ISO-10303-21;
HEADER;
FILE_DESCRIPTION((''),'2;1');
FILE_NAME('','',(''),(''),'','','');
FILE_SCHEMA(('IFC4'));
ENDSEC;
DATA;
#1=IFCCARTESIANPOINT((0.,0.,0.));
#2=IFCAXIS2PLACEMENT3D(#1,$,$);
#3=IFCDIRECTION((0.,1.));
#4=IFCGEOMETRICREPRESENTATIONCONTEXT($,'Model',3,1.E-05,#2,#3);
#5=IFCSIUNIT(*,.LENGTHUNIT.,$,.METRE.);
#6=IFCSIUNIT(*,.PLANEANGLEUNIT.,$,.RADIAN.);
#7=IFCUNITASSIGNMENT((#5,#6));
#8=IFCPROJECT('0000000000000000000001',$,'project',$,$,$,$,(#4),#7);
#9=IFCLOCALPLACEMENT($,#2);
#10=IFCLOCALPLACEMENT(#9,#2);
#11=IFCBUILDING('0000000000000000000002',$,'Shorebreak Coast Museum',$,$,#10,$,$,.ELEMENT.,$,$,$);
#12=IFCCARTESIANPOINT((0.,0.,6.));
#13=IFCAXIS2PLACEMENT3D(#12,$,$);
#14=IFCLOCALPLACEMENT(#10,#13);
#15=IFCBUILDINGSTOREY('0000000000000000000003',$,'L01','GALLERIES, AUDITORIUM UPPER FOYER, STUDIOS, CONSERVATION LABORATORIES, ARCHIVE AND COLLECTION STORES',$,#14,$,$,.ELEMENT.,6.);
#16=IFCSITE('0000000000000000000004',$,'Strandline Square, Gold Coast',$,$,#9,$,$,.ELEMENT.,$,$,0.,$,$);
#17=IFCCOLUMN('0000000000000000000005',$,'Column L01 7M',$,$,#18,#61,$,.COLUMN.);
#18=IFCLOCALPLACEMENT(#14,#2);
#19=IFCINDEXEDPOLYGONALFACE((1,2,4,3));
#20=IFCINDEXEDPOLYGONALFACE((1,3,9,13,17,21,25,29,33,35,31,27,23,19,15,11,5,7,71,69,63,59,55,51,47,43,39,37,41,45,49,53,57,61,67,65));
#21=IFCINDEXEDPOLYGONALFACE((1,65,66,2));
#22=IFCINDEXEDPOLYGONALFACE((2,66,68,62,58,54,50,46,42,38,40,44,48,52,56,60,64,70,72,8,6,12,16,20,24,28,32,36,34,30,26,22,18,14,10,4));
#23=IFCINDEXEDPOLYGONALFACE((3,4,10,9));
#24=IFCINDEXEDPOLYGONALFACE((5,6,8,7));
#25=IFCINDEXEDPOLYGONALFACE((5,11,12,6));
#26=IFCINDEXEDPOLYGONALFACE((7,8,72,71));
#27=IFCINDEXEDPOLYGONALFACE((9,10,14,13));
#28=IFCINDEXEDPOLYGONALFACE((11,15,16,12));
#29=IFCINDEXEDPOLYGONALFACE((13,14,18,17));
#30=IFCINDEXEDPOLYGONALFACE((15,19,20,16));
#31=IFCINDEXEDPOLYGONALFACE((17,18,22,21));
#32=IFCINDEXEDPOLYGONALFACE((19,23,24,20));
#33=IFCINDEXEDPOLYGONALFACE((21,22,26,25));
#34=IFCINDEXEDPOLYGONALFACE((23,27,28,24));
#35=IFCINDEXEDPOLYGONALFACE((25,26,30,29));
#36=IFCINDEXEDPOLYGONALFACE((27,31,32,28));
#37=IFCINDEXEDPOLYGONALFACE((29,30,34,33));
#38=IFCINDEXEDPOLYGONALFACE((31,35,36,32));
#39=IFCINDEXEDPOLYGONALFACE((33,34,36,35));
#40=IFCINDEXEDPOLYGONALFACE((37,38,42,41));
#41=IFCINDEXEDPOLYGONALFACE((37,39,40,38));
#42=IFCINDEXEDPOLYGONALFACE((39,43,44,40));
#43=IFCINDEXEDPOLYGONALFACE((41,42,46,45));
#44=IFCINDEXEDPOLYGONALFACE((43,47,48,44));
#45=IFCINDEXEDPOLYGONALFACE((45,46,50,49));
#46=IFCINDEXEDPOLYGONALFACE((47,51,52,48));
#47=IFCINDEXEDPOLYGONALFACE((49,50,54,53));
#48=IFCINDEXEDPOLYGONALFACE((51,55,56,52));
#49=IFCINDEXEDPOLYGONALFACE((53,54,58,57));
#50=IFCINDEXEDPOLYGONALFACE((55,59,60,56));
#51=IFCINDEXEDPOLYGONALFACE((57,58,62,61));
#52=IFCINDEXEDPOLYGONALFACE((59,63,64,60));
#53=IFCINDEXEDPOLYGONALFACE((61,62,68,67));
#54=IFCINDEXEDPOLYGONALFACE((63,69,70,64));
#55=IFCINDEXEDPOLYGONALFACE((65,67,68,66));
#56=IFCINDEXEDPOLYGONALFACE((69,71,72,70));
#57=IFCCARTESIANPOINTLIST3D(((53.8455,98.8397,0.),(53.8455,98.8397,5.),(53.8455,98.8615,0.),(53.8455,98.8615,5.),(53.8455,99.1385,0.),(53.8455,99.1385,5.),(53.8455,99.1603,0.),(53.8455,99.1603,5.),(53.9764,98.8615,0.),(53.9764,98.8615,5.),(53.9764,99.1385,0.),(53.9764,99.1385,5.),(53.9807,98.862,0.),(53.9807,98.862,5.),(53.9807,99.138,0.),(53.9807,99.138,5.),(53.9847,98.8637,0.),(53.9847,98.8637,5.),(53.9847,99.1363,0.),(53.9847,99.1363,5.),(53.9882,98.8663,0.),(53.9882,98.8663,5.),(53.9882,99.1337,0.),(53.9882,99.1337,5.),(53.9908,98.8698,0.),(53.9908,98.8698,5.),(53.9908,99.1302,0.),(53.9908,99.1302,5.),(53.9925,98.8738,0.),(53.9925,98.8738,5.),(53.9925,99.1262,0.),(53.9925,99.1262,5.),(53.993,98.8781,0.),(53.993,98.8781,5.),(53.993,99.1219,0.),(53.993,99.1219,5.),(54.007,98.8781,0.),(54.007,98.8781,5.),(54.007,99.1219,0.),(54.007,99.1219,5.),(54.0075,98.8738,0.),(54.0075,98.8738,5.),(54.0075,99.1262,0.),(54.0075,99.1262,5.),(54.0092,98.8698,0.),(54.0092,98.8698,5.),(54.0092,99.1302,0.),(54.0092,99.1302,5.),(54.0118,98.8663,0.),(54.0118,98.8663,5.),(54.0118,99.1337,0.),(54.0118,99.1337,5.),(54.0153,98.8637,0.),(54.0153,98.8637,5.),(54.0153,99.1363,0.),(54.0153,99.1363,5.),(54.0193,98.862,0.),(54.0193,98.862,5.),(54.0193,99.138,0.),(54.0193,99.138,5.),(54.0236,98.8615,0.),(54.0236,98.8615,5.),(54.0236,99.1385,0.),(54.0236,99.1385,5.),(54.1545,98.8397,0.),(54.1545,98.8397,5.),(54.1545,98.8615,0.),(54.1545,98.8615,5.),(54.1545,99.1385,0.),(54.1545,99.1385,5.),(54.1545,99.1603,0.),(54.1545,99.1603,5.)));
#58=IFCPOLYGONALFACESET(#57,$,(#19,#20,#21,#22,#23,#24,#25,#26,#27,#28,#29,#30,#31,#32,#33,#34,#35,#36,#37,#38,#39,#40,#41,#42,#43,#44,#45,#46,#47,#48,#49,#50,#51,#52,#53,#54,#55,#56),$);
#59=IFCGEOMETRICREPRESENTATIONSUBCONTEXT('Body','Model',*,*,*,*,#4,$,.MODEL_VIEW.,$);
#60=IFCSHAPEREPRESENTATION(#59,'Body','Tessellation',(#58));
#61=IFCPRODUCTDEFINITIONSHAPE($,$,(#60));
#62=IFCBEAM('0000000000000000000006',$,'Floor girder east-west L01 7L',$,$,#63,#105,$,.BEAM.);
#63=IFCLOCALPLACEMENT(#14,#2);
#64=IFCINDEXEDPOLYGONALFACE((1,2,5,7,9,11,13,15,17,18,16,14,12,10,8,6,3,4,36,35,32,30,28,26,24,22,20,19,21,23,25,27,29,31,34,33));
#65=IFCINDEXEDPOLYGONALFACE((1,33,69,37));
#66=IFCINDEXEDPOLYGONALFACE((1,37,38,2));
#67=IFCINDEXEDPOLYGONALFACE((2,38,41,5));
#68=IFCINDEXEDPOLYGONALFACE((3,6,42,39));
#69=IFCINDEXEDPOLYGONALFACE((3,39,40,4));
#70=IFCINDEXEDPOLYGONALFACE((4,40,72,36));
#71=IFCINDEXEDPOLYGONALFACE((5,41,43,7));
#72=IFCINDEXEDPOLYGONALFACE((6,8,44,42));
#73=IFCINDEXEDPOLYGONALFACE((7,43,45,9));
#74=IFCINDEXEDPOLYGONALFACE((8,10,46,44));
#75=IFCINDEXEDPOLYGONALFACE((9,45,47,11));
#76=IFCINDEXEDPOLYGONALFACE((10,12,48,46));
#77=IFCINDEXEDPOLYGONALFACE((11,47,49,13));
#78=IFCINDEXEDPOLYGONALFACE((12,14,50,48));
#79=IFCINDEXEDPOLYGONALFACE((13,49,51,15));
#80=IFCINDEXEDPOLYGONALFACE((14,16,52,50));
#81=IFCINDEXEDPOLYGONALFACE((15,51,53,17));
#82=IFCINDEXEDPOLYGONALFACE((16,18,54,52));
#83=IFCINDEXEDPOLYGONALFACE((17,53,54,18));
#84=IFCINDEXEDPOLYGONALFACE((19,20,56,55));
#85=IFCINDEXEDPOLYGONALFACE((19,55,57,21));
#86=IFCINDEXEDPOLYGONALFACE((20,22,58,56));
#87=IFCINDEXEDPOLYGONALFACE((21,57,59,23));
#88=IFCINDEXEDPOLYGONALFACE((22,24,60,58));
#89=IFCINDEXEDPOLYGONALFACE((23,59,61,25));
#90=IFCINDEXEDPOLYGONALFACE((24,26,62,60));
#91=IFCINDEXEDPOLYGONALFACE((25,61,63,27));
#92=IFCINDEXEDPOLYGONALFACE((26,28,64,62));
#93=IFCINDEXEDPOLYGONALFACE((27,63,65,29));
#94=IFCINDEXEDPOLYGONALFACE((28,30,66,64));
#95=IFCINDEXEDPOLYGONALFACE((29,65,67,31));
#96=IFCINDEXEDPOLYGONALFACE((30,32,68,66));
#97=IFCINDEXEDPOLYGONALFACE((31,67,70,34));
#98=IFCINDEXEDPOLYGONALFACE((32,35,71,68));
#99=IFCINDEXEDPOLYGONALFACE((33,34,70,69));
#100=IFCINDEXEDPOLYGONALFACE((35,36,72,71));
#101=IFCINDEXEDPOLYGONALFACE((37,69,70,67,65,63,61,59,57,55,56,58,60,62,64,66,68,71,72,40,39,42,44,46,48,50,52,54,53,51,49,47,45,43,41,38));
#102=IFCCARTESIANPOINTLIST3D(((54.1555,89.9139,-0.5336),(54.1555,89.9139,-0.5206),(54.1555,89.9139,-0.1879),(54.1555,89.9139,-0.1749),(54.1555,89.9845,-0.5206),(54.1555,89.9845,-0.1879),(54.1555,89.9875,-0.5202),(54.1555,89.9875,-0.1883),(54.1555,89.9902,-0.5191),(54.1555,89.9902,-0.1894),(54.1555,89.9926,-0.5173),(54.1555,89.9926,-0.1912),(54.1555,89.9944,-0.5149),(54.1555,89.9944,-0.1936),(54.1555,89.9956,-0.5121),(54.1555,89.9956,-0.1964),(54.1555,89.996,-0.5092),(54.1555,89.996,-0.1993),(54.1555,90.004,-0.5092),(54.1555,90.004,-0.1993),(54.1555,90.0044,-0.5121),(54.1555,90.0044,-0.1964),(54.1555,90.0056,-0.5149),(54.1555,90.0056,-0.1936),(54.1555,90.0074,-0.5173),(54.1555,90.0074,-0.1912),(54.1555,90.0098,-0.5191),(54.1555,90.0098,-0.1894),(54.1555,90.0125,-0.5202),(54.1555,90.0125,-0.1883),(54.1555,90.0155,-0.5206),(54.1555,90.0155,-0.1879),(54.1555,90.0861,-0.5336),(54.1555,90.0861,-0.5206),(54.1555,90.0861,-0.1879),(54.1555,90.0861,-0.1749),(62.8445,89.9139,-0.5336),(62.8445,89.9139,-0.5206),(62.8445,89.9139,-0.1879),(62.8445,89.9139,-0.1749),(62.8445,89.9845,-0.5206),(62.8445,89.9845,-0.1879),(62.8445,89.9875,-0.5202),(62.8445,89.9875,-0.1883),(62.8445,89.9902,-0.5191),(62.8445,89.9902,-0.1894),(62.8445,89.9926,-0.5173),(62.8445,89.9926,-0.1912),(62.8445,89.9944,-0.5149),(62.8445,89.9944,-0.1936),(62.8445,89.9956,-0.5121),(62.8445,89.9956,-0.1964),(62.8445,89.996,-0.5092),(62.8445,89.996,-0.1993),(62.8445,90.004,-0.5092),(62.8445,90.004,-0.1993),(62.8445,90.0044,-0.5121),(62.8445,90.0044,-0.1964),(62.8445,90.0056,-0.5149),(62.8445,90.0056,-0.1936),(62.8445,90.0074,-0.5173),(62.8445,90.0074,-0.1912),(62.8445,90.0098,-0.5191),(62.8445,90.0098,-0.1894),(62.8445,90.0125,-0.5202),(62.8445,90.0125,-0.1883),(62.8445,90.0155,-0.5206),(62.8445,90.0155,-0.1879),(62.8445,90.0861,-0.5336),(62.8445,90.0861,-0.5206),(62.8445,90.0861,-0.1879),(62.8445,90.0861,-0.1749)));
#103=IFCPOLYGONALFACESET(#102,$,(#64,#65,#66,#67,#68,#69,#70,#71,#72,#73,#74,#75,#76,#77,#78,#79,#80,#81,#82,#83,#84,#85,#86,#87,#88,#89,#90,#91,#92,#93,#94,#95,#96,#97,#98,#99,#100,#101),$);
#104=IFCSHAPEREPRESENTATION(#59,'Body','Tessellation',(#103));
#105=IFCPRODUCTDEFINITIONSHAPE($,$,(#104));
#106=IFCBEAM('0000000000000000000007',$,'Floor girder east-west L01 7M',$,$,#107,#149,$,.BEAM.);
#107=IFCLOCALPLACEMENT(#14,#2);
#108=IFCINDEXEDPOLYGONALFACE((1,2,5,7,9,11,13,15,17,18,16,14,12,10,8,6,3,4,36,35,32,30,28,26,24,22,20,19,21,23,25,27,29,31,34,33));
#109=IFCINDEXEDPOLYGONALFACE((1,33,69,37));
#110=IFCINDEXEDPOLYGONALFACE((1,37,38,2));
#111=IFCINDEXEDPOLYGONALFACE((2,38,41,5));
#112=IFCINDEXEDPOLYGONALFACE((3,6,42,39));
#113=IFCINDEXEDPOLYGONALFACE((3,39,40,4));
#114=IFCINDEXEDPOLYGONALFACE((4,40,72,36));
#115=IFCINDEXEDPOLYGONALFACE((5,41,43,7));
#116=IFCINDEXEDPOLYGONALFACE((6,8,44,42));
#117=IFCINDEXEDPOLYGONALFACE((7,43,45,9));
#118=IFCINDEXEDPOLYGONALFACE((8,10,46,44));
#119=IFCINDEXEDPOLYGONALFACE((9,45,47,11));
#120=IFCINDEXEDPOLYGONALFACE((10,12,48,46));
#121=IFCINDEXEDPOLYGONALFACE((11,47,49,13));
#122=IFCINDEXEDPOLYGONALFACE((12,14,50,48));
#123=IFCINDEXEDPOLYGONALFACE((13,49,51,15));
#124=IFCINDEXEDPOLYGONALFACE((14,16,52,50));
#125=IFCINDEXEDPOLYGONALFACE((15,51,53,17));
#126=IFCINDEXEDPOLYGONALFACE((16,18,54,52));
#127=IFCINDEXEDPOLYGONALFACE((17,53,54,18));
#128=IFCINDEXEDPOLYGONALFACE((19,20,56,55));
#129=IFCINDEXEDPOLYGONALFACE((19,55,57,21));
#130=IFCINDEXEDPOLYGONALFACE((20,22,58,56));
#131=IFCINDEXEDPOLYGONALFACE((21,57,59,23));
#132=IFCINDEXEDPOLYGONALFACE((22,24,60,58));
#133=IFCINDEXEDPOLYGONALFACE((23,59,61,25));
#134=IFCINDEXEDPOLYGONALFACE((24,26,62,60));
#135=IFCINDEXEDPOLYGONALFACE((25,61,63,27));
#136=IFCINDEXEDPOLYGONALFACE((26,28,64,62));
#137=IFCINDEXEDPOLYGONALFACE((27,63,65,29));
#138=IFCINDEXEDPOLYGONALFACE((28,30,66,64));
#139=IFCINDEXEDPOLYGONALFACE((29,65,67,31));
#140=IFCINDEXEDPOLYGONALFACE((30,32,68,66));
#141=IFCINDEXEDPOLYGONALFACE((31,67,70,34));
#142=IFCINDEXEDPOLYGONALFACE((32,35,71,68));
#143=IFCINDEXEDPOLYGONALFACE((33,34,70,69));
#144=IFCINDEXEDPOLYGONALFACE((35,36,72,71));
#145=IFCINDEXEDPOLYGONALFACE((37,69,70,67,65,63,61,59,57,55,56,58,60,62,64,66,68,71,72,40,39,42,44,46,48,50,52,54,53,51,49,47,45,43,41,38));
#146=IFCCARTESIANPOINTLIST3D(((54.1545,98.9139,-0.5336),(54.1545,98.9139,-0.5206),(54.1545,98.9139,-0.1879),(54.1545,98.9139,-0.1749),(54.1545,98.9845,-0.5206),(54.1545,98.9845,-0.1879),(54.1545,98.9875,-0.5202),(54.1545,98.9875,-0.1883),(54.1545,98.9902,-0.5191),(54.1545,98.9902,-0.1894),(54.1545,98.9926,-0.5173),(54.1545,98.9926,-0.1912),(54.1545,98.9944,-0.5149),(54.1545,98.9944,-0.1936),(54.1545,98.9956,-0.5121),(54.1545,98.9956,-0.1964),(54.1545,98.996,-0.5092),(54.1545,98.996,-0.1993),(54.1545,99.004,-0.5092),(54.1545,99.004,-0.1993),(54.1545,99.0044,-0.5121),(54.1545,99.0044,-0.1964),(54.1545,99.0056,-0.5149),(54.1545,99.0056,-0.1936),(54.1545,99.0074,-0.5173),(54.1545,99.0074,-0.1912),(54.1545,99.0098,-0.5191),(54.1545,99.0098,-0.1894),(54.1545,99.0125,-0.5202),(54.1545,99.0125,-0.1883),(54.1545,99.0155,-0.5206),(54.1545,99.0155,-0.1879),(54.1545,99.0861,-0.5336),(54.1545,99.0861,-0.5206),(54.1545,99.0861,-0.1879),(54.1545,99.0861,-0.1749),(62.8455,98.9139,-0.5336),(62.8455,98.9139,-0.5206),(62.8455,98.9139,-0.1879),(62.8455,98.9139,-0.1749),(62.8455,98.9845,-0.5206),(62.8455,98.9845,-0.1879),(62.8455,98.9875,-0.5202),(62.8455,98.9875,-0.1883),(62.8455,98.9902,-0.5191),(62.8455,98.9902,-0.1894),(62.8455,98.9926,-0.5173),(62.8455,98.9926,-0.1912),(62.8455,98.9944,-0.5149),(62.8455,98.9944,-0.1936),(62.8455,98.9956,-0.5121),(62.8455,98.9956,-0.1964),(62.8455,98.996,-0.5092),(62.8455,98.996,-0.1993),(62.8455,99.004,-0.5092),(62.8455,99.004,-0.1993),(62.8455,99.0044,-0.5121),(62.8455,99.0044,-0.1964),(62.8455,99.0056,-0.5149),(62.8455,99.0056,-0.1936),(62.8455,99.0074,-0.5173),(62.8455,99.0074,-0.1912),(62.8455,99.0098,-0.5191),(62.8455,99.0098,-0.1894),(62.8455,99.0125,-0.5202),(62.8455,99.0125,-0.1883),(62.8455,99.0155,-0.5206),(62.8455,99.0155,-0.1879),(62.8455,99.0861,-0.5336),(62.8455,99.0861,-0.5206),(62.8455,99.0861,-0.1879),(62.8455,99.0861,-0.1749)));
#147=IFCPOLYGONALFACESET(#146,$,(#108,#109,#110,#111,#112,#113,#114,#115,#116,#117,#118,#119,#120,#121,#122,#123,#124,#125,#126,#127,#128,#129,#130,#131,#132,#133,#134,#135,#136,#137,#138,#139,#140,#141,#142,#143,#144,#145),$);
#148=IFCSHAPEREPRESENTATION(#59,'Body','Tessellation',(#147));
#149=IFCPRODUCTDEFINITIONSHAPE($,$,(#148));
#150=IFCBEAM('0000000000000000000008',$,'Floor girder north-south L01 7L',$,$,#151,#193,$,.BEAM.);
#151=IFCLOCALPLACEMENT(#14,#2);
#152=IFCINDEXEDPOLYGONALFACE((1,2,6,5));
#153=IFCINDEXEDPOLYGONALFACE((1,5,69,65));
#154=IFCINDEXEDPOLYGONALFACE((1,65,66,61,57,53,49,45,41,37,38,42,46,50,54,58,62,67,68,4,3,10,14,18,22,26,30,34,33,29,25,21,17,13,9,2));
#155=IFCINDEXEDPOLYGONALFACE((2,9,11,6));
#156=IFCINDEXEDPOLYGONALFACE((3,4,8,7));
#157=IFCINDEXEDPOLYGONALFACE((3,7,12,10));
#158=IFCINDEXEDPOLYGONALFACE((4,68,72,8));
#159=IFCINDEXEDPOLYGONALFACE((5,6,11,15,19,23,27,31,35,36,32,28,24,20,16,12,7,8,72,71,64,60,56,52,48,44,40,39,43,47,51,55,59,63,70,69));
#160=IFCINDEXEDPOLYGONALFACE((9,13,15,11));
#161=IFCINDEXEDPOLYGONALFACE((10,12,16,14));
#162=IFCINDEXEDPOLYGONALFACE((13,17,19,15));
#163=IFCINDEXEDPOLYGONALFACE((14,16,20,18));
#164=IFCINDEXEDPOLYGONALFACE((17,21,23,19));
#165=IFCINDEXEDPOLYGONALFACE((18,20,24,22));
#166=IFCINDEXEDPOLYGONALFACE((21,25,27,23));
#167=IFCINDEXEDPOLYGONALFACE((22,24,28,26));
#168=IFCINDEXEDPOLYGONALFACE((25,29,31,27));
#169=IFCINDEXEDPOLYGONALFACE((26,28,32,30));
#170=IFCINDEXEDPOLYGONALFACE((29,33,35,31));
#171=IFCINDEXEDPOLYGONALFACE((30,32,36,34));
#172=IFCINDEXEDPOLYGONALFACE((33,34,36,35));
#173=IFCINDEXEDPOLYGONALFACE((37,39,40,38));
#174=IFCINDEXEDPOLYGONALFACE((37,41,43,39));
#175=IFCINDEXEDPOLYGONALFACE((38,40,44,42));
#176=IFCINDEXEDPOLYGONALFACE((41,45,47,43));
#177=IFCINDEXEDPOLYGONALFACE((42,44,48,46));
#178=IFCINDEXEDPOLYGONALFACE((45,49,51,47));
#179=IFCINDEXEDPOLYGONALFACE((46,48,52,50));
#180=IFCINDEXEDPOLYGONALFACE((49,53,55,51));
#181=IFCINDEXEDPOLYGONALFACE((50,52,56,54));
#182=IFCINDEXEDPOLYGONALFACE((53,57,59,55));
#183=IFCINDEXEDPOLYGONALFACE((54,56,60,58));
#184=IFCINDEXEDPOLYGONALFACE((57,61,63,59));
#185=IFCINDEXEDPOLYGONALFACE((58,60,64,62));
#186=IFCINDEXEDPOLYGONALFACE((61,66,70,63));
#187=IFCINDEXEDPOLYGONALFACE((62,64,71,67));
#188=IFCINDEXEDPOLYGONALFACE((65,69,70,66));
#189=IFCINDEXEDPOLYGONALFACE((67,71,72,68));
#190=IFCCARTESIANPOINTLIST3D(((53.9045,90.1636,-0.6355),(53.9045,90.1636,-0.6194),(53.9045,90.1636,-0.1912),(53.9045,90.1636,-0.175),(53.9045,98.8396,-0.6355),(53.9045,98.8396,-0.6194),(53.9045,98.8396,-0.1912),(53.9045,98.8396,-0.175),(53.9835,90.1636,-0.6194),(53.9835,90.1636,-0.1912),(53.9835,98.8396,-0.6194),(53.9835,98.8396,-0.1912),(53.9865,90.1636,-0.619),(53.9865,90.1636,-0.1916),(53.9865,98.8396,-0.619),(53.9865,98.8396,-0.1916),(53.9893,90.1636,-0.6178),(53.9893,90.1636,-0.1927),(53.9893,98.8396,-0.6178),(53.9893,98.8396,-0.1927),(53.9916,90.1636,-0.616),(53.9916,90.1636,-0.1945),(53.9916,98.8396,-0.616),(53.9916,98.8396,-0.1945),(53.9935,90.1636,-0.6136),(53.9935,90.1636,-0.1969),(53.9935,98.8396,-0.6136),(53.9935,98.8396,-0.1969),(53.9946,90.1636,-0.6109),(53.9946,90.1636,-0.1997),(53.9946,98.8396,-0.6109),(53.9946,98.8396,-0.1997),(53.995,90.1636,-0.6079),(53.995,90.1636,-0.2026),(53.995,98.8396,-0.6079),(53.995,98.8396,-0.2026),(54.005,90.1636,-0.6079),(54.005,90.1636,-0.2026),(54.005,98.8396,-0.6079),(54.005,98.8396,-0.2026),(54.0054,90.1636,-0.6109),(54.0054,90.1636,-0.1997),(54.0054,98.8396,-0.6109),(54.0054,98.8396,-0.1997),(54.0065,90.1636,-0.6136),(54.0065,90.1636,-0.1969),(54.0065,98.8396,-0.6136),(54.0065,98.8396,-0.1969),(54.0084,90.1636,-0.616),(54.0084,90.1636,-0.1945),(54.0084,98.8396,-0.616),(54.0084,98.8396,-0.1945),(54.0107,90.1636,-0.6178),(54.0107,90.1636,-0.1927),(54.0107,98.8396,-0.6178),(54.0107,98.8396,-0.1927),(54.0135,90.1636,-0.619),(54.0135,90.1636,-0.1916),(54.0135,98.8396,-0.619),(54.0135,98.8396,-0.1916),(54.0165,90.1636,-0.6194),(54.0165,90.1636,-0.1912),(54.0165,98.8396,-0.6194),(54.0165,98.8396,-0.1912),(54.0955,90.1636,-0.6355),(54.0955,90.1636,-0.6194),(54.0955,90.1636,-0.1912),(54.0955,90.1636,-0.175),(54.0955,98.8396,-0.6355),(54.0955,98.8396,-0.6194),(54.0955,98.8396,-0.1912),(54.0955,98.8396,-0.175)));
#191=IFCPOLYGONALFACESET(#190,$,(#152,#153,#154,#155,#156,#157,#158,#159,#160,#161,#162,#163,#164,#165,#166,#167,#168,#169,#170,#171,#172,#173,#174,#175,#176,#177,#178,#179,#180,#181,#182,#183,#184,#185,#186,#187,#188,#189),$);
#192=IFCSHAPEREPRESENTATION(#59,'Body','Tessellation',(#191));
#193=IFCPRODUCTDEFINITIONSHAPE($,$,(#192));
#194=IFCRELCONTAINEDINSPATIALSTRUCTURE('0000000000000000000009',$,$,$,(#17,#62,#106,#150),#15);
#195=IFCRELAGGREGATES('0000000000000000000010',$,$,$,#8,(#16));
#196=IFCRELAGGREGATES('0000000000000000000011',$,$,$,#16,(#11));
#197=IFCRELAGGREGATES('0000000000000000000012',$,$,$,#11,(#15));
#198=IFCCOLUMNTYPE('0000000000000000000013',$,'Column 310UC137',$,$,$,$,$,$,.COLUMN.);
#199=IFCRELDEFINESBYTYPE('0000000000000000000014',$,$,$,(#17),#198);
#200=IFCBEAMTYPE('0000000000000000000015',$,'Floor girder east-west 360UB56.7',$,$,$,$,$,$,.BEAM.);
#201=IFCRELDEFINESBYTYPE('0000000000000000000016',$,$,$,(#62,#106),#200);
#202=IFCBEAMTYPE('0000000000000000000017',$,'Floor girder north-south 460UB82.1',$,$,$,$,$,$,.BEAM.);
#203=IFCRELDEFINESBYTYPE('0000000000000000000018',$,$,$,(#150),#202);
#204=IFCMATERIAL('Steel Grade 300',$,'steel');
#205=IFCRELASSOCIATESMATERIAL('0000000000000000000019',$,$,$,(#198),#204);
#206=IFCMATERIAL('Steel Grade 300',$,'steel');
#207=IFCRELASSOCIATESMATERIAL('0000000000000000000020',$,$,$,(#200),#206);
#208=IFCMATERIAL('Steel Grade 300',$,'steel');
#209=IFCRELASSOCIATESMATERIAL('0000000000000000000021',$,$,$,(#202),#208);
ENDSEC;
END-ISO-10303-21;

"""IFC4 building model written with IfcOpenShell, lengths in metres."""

from ifc_helpers import new_model, si_unit, direction, frame, origin, origin_2d, place, context, subcontext, project, spatial, i_section, extrude, material, material_profile, profile_set, type_object, element, save


model = new_model("IFC4")

# Units and contexts
model_context = context("Model", 3, precision=1e-05, world=origin(), true_north=direction((0.0, 1.0)))
body_context = subcontext(model_context, "Body", "Model", "MODEL_VIEW")
ifc_project = project(units=[si_unit("LENGTHUNIT", "METRE"), si_unit("PLANEANGLEUNIT", "RADIAN")], contexts=[model_context])

# Site, building, storey
site_placement = place(None, origin())
site = spatial("IfcSite", under=ifc_project, at=site_placement, Name="Strandline Square, Gold Coast", CompositionType="ELEMENT", RefElevation=0.0)
building_placement = place(site_placement, origin())
building = spatial("IfcBuilding", under=site, at=building_placement, Name="Shorebreak Coast Museum", CompositionType="ELEMENT")
storey_placement = place(building_placement, frame((0.0, 0.0, 6.0)))
storey = spatial("IfcBuildingStorey", under=building, at=storey_placement, Name="L01", Description="GALLERIES, AUDITORIUM UPPER FOYER, STUDIOS, CONSERVATION LABORATORIES, ARCHIVE AND COLLECTION STORES", CompositionType="ELEMENT", Elevation=6.0)

# Column
ifc_material_1 = material(Name="Steel Grade 300", Category="steel")
ifc_material_profile_1 = material_profile(ifc_material_1, i_section(OverallWidth=0.3091, OverallDepth=0.3206, WebThickness=0.0139, FlangeThickness=0.0217, FilletRadius=0.0166, at=origin_2d()), Name="310UC137")
ifc_profile_set_1 = profile_set([ifc_material_profile_1], Name="Steel Grade 300")
column_type = type_object("IfcColumnType", Name="Column 310UC137", PredefinedType="COLUMN", material=ifc_profile_set_1)
column_placement = place(storey_placement, frame((54.0, 99.0, 0.0), z_axis=(0.0, 0.0, 1.0), x_axis=(1.0, 0.0, 0.0)))
element("IfcColumn", 1, at=column_placement, inside=storey, type_object=column_type, Name="Column L01 7M", PredefinedType="COLUMN", context=body_context, shape_type="SweptSolid", body=[
    extrude(i_section(OverallWidth=0.3091, OverallDepth=0.3206, WebThickness=0.0139, FlangeThickness=0.0217, FilletRadius=0.0166, at=origin_2d()), origin(), (0.0, 0.0, 1.0), 5.0),
])

# Beams
ifc_material_2 = material(Name="Steel Grade 300", Category="steel")
ifc_material_profile_2 = material_profile(ifc_material_2, i_section(OverallWidth=0.1721, OverallDepth=0.3586, WebThickness=0.0081, FlangeThickness=0.0129, FilletRadius=0.0115, at=origin_2d()), Name="360UB56.7")
ifc_profile_set_2 = profile_set([ifc_material_profile_2], Name="Steel Grade 300")
beam_type_1 = type_object("IfcBeamType", Name="Floor girder east-west 360UB56.7", PredefinedType="BEAM", material=ifc_profile_set_2)
beam_1_placement = place(storey_placement, frame((54.1555, 90.0, -0.3542), z_axis=(1.0, 0.0, 0.0), x_axis=(0.0, 1.0, 0.0)))
element("IfcBeam", 2, at=beam_1_placement, inside=storey, type_object=beam_type_1, Name="Floor girder east-west L01 7L", PredefinedType="BEAM", context=body_context, shape_type="SweptSolid", body=[
    extrude(i_section(OverallWidth=0.1721, OverallDepth=0.3586, WebThickness=0.0081, FlangeThickness=0.0129, FilletRadius=0.0115, at=origin_2d()), origin(), (0.0, 0.0, 1.0), 8.689),
])
beam_2_placement = place(storey_placement, frame((54.1545, 99.0, -0.3542), z_axis=(1.0, 0.0, 0.0), x_axis=(0.0, 1.0, 0.0)))
element("IfcBeam", 3, at=beam_2_placement, inside=storey, type_object=beam_type_1, Name="Floor girder east-west L01 7M", PredefinedType="BEAM", context=body_context, shape_type="SweptSolid", body=[
    extrude(i_section(OverallWidth=0.1721, OverallDepth=0.3586, WebThickness=0.0081, FlangeThickness=0.0129, FilletRadius=0.0115, at=origin_2d()), origin(), (0.0, 0.0, 1.0), 8.6909),
])
ifc_material_3 = material(Name="Steel Grade 300", Category="steel")
ifc_material_profile_3 = material_profile(ifc_material_3, i_section(OverallWidth=0.1909, OverallDepth=0.4604, WebThickness=0.01, FlangeThickness=0.0161, FilletRadius=0.0115, at=origin_2d()), Name="460UB82.1")
ifc_profile_set_3 = profile_set([ifc_material_profile_3], Name="Steel Grade 300")
beam_type_2 = type_object("IfcBeamType", Name="Floor girder north-south 460UB82.1", PredefinedType="BEAM", material=ifc_profile_set_3)
beam_3_placement = place(storey_placement, frame((54.0, 90.1636, -0.4053), z_axis=(0.0, 1.0, 0.0), x_axis=(-1.0, 0.0, 0.0)))
element("IfcBeam", 4, at=beam_3_placement, inside=storey, type_object=beam_type_2, Name="Floor girder north-south L01 7L", PredefinedType="BEAM", context=body_context, shape_type="SweptSolid", body=[
    extrude(i_section(OverallWidth=0.1909, OverallDepth=0.4604, WebThickness=0.01, FlangeThickness=0.0161, FilletRadius=0.0115, at=origin_2d()), origin(), (0.0, 0.0, 1.0), 8.676),
])

save(model, "model.ifc")
